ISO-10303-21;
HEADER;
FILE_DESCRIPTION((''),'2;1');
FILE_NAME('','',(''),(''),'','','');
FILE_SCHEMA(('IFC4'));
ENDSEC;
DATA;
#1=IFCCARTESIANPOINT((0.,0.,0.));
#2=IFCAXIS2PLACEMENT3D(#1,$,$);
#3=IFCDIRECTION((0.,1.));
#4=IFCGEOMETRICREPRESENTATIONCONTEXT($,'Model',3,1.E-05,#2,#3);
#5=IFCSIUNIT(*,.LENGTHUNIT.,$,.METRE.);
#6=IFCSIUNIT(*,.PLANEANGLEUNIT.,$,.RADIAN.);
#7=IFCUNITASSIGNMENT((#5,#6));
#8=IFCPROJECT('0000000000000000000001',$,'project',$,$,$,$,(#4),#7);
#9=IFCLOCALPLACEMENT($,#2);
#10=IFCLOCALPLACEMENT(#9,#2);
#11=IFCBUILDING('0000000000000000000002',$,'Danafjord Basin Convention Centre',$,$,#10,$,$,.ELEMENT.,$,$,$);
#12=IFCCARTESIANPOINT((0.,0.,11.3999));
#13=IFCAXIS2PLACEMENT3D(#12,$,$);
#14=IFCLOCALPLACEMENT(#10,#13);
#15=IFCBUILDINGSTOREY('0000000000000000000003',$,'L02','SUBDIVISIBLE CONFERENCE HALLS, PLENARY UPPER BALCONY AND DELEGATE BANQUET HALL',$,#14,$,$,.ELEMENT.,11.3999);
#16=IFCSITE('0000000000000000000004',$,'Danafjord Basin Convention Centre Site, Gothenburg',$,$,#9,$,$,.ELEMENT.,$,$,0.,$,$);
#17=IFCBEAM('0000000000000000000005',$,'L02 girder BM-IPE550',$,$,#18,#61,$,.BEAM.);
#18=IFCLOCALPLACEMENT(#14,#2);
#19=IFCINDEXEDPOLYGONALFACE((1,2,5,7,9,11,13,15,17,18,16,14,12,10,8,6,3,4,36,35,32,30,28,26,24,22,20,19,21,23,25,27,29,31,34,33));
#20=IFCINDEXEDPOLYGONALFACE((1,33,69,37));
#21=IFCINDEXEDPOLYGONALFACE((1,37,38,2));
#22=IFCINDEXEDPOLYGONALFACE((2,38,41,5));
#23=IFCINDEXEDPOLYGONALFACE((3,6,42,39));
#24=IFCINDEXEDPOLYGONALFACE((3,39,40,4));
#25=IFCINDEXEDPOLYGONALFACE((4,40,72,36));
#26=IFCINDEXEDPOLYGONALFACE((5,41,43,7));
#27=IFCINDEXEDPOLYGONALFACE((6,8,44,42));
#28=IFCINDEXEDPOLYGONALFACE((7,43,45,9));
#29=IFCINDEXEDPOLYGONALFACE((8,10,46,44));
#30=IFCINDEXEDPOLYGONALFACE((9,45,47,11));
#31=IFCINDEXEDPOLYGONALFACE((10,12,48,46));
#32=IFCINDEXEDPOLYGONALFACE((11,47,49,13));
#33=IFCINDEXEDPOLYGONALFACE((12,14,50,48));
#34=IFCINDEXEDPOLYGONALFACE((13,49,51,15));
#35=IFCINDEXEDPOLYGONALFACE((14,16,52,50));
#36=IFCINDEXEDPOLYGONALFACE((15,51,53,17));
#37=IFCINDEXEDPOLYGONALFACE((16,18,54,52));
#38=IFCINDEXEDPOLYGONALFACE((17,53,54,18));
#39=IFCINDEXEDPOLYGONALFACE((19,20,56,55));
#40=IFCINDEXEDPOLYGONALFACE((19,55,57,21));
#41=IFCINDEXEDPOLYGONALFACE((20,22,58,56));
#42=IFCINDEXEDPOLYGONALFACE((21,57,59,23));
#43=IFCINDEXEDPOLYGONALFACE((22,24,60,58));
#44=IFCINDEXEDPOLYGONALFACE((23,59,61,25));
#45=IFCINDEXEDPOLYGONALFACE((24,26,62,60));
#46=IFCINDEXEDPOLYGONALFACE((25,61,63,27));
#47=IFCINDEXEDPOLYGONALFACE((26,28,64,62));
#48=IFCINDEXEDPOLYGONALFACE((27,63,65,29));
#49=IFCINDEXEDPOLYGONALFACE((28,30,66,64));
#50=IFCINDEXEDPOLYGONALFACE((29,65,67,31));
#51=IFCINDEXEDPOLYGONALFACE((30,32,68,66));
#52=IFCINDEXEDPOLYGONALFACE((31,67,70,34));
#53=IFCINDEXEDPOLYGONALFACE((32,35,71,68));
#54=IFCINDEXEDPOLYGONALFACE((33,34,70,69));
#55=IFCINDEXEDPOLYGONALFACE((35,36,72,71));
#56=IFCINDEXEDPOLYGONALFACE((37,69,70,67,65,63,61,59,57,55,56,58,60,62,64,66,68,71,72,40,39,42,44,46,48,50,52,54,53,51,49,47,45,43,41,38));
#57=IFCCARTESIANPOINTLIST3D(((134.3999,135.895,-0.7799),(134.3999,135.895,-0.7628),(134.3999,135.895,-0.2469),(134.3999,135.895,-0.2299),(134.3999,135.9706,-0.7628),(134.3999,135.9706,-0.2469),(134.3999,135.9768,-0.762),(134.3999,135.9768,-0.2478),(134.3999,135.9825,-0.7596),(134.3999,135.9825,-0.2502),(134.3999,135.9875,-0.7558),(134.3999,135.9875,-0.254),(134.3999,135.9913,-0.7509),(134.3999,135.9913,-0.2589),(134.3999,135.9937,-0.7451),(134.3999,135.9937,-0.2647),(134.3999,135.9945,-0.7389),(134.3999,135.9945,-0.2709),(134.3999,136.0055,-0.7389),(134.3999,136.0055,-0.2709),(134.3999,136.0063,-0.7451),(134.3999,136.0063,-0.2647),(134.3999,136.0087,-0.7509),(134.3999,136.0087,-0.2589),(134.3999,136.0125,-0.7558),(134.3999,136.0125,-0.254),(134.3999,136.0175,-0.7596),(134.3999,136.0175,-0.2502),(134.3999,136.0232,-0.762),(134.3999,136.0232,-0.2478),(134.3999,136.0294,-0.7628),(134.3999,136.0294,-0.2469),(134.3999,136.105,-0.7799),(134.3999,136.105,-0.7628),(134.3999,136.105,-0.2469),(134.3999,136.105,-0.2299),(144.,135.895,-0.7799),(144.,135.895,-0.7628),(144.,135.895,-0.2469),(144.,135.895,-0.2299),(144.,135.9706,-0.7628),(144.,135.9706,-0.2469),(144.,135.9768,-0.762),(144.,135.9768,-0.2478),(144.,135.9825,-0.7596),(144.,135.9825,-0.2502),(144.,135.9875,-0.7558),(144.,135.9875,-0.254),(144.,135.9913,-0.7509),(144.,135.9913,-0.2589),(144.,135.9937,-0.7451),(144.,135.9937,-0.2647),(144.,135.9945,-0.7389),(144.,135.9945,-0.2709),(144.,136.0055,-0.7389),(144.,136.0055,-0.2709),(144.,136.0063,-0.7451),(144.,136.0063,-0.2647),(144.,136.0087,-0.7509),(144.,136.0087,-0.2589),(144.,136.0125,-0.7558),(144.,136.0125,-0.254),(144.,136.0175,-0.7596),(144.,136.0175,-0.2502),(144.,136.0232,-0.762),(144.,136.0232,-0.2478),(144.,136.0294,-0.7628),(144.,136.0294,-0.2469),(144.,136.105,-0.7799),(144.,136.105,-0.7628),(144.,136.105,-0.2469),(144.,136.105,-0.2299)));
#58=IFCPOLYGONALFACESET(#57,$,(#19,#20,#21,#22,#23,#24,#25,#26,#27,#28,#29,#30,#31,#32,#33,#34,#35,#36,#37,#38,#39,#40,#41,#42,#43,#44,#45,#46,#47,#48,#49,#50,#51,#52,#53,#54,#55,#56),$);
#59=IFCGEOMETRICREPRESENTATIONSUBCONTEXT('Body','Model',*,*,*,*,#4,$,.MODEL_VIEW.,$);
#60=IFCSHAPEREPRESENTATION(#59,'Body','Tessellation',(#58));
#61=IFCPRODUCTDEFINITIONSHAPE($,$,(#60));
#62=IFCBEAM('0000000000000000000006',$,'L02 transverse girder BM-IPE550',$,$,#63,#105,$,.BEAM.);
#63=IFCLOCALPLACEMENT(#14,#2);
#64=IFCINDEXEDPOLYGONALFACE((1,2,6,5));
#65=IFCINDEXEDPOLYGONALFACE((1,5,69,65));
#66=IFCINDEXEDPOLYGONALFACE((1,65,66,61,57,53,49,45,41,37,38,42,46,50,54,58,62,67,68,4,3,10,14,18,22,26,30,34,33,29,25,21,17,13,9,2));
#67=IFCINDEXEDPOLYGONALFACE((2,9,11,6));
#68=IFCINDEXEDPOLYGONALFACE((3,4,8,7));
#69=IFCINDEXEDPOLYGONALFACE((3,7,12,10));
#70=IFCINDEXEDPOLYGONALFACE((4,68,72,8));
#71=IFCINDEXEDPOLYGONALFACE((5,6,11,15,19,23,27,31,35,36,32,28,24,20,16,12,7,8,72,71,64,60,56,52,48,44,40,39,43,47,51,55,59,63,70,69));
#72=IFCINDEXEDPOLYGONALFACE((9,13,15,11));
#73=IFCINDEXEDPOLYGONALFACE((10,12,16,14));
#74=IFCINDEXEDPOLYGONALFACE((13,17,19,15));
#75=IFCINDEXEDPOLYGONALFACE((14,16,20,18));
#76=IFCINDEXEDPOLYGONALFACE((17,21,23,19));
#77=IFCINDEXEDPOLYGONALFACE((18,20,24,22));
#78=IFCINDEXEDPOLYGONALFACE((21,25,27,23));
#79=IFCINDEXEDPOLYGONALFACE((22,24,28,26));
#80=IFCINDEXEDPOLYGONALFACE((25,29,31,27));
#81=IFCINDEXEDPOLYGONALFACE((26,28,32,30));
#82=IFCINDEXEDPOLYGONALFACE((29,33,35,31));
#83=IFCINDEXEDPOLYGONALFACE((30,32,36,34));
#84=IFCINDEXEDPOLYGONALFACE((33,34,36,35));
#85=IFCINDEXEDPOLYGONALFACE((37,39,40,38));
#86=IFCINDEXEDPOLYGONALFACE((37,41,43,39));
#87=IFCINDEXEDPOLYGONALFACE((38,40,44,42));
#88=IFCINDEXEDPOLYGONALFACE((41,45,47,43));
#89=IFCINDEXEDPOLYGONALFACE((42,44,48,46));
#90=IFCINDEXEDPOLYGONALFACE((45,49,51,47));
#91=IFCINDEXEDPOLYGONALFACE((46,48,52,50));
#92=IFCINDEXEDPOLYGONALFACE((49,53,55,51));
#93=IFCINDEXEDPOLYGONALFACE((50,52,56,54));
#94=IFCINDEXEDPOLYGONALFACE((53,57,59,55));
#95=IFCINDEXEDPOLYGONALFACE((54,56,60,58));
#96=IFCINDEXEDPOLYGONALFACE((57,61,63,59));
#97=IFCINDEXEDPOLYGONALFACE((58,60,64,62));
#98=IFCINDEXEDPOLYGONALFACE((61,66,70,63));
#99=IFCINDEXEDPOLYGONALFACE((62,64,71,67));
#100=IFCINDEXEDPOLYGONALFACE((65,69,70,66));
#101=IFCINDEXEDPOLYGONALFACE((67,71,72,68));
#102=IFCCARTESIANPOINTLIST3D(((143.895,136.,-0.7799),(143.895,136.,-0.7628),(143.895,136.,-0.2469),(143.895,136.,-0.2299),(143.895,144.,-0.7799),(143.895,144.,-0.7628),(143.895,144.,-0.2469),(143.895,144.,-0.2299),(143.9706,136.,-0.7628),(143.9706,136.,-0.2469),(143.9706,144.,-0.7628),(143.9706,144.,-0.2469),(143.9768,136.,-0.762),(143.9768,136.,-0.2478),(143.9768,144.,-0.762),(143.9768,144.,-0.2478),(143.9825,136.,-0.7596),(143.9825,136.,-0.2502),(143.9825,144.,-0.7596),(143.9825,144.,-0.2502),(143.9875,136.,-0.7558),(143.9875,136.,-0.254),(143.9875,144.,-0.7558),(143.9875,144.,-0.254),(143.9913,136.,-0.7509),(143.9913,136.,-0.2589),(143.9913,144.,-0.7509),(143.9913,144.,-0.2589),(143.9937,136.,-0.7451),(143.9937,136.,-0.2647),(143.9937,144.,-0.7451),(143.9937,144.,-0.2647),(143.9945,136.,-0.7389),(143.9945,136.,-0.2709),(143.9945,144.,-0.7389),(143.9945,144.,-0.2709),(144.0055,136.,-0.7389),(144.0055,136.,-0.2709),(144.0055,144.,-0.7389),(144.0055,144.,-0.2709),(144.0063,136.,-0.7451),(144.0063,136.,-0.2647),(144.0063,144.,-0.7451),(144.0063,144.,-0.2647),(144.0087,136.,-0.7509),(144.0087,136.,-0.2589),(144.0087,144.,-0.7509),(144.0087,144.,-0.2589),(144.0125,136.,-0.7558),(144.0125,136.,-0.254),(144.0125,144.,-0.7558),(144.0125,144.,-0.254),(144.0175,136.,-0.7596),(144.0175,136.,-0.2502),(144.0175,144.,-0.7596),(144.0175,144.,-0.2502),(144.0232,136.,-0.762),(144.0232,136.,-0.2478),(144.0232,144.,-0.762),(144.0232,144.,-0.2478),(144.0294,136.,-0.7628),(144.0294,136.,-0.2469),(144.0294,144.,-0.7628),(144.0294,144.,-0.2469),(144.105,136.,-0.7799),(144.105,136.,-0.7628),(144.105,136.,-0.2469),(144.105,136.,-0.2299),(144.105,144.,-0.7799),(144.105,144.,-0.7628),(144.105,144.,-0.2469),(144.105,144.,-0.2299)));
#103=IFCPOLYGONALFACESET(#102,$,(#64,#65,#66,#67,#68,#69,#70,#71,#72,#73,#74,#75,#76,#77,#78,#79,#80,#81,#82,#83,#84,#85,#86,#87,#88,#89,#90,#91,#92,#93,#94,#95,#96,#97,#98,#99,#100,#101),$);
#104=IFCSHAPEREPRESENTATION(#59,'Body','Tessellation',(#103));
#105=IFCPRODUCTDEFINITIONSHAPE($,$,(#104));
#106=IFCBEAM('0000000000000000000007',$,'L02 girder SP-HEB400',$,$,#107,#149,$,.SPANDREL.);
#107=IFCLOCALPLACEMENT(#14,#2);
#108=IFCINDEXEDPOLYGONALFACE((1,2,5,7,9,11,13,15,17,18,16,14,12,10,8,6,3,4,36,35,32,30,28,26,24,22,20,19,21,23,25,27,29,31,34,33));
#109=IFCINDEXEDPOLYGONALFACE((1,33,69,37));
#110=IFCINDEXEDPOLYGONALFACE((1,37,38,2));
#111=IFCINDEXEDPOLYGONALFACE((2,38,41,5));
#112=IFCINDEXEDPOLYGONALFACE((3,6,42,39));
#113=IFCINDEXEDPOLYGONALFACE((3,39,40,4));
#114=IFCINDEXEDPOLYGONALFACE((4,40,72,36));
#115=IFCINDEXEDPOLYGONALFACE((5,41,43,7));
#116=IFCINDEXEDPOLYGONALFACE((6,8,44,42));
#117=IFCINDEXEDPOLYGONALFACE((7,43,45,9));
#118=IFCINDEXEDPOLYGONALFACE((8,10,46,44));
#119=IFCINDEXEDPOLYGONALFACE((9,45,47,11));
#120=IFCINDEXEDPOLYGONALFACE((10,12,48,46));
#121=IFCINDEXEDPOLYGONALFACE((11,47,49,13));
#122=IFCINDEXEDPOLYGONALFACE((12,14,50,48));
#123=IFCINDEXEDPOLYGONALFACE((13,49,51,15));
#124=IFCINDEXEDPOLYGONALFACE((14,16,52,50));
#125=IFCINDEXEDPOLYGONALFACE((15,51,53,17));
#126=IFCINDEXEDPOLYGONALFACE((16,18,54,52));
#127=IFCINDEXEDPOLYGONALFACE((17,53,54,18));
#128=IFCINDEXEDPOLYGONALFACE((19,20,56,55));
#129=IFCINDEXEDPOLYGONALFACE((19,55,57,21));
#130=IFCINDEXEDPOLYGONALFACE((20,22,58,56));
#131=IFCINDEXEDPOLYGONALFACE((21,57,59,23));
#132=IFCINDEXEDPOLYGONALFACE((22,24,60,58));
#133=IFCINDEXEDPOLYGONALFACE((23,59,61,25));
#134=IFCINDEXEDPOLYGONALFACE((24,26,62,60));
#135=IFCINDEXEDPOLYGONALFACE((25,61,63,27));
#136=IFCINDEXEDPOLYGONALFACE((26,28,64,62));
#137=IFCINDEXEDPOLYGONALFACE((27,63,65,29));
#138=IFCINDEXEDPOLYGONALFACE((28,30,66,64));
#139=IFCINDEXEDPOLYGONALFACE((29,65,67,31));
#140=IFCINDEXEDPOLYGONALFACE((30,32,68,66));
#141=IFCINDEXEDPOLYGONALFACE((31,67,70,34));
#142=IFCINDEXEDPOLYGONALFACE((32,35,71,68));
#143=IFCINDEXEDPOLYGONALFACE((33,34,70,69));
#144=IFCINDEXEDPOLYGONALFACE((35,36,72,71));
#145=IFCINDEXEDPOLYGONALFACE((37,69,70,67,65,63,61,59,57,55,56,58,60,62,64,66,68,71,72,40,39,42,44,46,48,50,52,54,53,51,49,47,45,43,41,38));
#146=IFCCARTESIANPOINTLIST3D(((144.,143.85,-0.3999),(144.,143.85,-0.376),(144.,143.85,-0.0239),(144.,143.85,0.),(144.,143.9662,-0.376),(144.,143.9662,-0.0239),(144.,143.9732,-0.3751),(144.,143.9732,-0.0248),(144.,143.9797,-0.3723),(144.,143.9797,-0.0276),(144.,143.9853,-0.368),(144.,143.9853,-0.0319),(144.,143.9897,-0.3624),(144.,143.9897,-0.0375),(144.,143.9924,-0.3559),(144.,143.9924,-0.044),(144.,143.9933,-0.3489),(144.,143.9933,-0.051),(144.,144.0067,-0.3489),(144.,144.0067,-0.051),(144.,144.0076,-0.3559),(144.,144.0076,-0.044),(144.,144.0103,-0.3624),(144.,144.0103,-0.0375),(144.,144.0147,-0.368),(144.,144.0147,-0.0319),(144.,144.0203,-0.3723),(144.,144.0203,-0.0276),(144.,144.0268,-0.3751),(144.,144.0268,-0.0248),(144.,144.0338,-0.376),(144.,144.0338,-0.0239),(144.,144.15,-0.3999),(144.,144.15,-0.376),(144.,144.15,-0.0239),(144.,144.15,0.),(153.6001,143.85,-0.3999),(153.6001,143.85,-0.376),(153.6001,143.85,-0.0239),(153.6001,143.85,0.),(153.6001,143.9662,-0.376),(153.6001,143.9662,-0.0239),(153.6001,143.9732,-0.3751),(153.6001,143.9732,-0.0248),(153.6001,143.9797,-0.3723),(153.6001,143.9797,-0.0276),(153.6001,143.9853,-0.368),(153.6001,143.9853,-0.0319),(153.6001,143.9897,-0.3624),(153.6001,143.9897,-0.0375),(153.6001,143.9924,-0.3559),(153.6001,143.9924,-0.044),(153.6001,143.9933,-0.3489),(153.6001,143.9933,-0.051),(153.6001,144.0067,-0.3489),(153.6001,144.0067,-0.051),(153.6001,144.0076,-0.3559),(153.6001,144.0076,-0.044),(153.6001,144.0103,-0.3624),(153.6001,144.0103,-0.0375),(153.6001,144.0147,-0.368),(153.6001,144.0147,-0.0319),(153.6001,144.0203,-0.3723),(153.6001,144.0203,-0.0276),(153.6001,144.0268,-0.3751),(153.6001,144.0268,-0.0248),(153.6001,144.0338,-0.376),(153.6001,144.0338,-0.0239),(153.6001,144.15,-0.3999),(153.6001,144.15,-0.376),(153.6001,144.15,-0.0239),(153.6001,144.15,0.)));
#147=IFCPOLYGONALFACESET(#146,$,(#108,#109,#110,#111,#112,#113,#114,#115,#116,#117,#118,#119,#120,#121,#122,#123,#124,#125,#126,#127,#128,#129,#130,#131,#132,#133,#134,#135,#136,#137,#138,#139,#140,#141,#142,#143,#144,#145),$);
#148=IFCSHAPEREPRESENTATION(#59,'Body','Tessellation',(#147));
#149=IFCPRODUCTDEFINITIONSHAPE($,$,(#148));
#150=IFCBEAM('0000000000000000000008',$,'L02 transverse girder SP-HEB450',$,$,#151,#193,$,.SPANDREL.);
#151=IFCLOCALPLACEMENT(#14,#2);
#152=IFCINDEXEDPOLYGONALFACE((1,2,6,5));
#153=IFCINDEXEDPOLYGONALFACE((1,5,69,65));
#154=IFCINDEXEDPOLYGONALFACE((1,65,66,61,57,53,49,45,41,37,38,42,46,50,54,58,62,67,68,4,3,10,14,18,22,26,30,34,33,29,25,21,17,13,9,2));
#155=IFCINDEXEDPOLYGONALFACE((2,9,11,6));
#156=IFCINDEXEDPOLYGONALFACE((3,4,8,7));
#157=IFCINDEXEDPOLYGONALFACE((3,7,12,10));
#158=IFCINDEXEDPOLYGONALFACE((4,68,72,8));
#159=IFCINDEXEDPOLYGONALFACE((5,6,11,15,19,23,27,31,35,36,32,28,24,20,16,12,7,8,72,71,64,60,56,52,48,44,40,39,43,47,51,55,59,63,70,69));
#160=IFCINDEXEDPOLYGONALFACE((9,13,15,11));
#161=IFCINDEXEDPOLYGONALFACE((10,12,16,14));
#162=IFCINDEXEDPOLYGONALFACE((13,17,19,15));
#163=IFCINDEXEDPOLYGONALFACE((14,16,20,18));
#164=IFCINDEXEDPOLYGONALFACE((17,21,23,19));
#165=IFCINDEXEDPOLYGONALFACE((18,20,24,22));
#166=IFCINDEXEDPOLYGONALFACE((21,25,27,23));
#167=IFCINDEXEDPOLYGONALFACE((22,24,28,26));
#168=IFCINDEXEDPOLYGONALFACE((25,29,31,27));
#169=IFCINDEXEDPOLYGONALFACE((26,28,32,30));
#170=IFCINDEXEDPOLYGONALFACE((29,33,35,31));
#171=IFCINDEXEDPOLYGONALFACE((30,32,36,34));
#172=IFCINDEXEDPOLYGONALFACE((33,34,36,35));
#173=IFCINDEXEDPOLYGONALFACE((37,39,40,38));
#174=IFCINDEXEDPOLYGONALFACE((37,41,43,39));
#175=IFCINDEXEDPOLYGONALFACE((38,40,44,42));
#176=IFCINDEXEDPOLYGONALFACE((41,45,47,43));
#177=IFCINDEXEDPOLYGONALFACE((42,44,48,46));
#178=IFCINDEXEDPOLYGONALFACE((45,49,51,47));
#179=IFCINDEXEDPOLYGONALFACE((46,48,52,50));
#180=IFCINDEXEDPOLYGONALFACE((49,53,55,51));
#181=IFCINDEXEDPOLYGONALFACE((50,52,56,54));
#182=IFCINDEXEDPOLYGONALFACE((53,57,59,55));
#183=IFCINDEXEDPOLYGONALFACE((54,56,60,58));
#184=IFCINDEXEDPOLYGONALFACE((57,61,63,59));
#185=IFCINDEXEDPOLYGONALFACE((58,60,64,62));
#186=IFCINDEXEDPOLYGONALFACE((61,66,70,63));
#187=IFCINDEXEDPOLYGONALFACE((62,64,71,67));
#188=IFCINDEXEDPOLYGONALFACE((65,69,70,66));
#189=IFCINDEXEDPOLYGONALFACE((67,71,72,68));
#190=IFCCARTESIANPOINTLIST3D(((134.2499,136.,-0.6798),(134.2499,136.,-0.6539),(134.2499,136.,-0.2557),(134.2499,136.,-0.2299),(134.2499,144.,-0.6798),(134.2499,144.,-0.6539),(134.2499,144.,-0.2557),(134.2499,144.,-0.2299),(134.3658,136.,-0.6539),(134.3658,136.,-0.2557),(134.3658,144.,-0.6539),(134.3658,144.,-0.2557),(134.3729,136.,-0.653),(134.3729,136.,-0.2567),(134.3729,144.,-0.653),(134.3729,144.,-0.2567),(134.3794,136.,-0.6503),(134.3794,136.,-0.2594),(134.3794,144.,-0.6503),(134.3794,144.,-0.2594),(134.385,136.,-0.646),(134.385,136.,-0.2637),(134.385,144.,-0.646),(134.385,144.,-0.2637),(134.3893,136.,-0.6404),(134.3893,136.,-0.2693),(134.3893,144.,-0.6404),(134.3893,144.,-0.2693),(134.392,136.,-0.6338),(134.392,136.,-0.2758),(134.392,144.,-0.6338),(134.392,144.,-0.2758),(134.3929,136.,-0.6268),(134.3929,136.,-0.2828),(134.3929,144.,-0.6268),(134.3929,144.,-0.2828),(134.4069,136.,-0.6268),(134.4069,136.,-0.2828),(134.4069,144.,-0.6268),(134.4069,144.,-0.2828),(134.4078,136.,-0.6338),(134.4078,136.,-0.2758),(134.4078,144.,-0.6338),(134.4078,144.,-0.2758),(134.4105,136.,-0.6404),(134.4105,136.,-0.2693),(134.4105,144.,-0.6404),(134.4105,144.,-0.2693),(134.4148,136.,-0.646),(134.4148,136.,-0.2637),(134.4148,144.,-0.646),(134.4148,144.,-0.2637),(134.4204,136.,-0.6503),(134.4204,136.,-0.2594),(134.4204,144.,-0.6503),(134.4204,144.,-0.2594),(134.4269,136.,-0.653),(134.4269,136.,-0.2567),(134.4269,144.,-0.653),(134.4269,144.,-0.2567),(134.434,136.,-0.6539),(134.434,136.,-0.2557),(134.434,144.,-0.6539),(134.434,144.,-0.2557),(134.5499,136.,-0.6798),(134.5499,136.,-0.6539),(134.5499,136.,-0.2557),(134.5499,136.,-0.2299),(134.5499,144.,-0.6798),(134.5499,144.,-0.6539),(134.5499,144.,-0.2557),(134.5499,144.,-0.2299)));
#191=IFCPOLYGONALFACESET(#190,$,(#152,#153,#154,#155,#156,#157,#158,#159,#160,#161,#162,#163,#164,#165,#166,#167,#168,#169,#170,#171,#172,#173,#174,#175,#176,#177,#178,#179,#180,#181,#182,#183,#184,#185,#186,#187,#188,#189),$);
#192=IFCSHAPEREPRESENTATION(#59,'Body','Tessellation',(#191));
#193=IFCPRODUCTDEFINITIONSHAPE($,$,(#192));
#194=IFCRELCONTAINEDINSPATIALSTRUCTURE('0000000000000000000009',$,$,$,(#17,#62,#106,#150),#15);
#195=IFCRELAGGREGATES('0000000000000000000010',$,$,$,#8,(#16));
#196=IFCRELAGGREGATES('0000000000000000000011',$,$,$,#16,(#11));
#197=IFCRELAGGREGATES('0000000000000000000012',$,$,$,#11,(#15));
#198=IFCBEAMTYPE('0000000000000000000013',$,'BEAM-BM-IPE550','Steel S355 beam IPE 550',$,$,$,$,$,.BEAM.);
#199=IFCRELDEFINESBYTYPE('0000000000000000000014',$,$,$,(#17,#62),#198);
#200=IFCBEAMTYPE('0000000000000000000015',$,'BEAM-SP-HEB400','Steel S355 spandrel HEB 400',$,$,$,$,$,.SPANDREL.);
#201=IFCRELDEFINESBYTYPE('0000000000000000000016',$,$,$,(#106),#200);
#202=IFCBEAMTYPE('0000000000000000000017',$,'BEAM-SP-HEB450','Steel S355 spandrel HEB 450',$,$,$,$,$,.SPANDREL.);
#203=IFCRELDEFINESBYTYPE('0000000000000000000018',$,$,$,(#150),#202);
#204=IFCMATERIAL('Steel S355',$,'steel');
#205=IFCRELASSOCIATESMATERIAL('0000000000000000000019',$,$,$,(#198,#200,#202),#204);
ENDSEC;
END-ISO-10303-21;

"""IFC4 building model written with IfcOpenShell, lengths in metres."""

from ifc_helpers import new_model, si_unit, direction, frame, origin, origin_2d, place, context, subcontext, project, spatial, i_section, extrude, material, material_profile, profile_set, type_object, element, save


model = new_model("IFC4")

# Units and contexts
model_context = context("Model", 3, precision=1e-05, world=origin(), true_north=direction((0.0, 1.0)))
body_context = subcontext(model_context, "Body", "Model", "MODEL_VIEW")
ifc_project = project(units=[si_unit("LENGTHUNIT", "METRE"), si_unit("PLANEANGLEUNIT", "RADIAN")], contexts=[model_context])

# Site, building, storey
site_placement = place(None, origin())
site = spatial("IfcSite", under=ifc_project, at=site_placement, Name="Danafjord Basin Convention Centre Site, Gothenburg", CompositionType="ELEMENT", RefElevation=0.0)
building_placement = place(site_placement, origin())
building = spatial("IfcBuilding", under=site, at=building_placement, Name="Danafjord Basin Convention Centre", CompositionType="ELEMENT")
storey_placement = place(building_placement, frame((0.0, 0.0, 11.3999)))
storey = spatial("IfcBuildingStorey", under=building, at=storey_placement, Name="L02", Description="SUBDIVISIBLE CONFERENCE HALLS, PLENARY UPPER BALCONY AND DELEGATE BANQUET HALL", CompositionType="ELEMENT", Elevation=11.3999)

# Shared definitions
ifc_material_1 = material(Name="Steel S355", Category="steel")

# Beams
ifc_material_profile_1 = material_profile(ifc_material_1, i_section(OverallWidth=0.21, OverallDepth=0.55, WebThickness=0.011, FlangeThickness=0.0171, FilletRadius=0.0239, at=origin_2d()), Name="IPE 550")
ifc_profile_set_1 = profile_set([ifc_material_profile_1], Name="Steel S355")
beam_type_1 = type_object("IfcBeamType", Name="BEAM-BM-IPE550", Description="Steel S355 beam IPE 550", PredefinedType="BEAM", material=ifc_profile_set_1)
beam_1_placement = place(storey_placement, frame((134.3999, 136.0, -0.5049), z_axis=(1.0, 0.0, 0.0), x_axis=(0.0, 1.0, 0.0)))
element("IfcBeam", 1, at=beam_1_placement, inside=storey, type_object=beam_type_1, Name="L02 girder BM-IPE550", PredefinedType="BEAM", context=body_context, shape_type="SweptSolid", body=[
    extrude(i_section(OverallWidth=0.21, OverallDepth=0.55, WebThickness=0.011, FlangeThickness=0.0171, FilletRadius=0.0239, at=origin_2d()), origin(), (0.0, 0.0, 1.0), 9.6001),
])
beam_2_placement = place(storey_placement, frame((144.0, 136.0, -0.5049), z_axis=(0.0, 1.0, 0.0), x_axis=(-1.0, 0.0, 0.0)))
element("IfcBeam", 2, at=beam_2_placement, inside=storey, type_object=beam_type_1, Name="L02 transverse girder BM-IPE550", PredefinedType="BEAM", context=body_context, shape_type="SweptSolid", body=[
    extrude(i_section(OverallWidth=0.21, OverallDepth=0.55, WebThickness=0.011, FlangeThickness=0.0171, FilletRadius=0.0239, at=origin_2d()), origin(), (0.0, 0.0, 1.0), 8.0),
])
ifc_material_profile_2 = material_profile(ifc_material_1, i_section(OverallWidth=0.3, OverallDepth=0.3999, WebThickness=0.0134, FlangeThickness=0.0239, FilletRadius=0.0271, at=origin_2d()), Name="HEB 400")
ifc_profile_set_2 = profile_set([ifc_material_profile_2], Name="Steel S355")
beam_type_2 = type_object("IfcBeamType", Name="BEAM-SP-HEB400", Description="Steel S355 spandrel HEB 400", PredefinedType="SPANDREL", material=ifc_profile_set_2)
beam_3_placement = place(storey_placement, frame((144.0, 144.0, -0.2), z_axis=(1.0, 0.0, 0.0), x_axis=(0.0, 1.0, 0.0)))
element("IfcBeam", 3, at=beam_3_placement, inside=storey, type_object=beam_type_2, Name="L02 girder SP-HEB400", PredefinedType="SPANDREL", context=body_context, shape_type="SweptSolid", body=[
    extrude(i_section(OverallWidth=0.3, OverallDepth=0.3999, WebThickness=0.0134, FlangeThickness=0.0239, FilletRadius=0.0271, at=origin_2d()), origin(), (0.0, 0.0, 1.0), 9.6001),
])
ifc_material_profile_3 = material_profile(ifc_material_1, i_section(OverallWidth=0.3, OverallDepth=0.45, WebThickness=0.0139, FlangeThickness=0.0259, FilletRadius=0.0271, at=origin_2d()), Name="HEB 450")
ifc_profile_set_3 = profile_set([ifc_material_profile_3], Name="Steel S355")
beam_type_3 = type_object("IfcBeamType", Name="BEAM-SP-HEB450", Description="Steel S355 spandrel HEB 450", PredefinedType="SPANDREL", material=ifc_profile_set_3)
beam_4_placement = place(storey_placement, frame((134.3999, 136.0, -0.4548), z_axis=(0.0, 1.0, 0.0), x_axis=(-1.0, 0.0, 0.0)))
element("IfcBeam", 4, at=beam_4_placement, inside=storey, type_object=beam_type_3, Name="L02 transverse girder SP-HEB450", PredefinedType="SPANDREL", context=body_context, shape_type="SweptSolid", body=[
    extrude(i_section(OverallWidth=0.3, OverallDepth=0.45, WebThickness=0.0139, FlangeThickness=0.0259, FilletRadius=0.0271, at=origin_2d()), origin(), (0.0, 0.0, 1.0), 8.0),
])

save(model, "model.ifc")
